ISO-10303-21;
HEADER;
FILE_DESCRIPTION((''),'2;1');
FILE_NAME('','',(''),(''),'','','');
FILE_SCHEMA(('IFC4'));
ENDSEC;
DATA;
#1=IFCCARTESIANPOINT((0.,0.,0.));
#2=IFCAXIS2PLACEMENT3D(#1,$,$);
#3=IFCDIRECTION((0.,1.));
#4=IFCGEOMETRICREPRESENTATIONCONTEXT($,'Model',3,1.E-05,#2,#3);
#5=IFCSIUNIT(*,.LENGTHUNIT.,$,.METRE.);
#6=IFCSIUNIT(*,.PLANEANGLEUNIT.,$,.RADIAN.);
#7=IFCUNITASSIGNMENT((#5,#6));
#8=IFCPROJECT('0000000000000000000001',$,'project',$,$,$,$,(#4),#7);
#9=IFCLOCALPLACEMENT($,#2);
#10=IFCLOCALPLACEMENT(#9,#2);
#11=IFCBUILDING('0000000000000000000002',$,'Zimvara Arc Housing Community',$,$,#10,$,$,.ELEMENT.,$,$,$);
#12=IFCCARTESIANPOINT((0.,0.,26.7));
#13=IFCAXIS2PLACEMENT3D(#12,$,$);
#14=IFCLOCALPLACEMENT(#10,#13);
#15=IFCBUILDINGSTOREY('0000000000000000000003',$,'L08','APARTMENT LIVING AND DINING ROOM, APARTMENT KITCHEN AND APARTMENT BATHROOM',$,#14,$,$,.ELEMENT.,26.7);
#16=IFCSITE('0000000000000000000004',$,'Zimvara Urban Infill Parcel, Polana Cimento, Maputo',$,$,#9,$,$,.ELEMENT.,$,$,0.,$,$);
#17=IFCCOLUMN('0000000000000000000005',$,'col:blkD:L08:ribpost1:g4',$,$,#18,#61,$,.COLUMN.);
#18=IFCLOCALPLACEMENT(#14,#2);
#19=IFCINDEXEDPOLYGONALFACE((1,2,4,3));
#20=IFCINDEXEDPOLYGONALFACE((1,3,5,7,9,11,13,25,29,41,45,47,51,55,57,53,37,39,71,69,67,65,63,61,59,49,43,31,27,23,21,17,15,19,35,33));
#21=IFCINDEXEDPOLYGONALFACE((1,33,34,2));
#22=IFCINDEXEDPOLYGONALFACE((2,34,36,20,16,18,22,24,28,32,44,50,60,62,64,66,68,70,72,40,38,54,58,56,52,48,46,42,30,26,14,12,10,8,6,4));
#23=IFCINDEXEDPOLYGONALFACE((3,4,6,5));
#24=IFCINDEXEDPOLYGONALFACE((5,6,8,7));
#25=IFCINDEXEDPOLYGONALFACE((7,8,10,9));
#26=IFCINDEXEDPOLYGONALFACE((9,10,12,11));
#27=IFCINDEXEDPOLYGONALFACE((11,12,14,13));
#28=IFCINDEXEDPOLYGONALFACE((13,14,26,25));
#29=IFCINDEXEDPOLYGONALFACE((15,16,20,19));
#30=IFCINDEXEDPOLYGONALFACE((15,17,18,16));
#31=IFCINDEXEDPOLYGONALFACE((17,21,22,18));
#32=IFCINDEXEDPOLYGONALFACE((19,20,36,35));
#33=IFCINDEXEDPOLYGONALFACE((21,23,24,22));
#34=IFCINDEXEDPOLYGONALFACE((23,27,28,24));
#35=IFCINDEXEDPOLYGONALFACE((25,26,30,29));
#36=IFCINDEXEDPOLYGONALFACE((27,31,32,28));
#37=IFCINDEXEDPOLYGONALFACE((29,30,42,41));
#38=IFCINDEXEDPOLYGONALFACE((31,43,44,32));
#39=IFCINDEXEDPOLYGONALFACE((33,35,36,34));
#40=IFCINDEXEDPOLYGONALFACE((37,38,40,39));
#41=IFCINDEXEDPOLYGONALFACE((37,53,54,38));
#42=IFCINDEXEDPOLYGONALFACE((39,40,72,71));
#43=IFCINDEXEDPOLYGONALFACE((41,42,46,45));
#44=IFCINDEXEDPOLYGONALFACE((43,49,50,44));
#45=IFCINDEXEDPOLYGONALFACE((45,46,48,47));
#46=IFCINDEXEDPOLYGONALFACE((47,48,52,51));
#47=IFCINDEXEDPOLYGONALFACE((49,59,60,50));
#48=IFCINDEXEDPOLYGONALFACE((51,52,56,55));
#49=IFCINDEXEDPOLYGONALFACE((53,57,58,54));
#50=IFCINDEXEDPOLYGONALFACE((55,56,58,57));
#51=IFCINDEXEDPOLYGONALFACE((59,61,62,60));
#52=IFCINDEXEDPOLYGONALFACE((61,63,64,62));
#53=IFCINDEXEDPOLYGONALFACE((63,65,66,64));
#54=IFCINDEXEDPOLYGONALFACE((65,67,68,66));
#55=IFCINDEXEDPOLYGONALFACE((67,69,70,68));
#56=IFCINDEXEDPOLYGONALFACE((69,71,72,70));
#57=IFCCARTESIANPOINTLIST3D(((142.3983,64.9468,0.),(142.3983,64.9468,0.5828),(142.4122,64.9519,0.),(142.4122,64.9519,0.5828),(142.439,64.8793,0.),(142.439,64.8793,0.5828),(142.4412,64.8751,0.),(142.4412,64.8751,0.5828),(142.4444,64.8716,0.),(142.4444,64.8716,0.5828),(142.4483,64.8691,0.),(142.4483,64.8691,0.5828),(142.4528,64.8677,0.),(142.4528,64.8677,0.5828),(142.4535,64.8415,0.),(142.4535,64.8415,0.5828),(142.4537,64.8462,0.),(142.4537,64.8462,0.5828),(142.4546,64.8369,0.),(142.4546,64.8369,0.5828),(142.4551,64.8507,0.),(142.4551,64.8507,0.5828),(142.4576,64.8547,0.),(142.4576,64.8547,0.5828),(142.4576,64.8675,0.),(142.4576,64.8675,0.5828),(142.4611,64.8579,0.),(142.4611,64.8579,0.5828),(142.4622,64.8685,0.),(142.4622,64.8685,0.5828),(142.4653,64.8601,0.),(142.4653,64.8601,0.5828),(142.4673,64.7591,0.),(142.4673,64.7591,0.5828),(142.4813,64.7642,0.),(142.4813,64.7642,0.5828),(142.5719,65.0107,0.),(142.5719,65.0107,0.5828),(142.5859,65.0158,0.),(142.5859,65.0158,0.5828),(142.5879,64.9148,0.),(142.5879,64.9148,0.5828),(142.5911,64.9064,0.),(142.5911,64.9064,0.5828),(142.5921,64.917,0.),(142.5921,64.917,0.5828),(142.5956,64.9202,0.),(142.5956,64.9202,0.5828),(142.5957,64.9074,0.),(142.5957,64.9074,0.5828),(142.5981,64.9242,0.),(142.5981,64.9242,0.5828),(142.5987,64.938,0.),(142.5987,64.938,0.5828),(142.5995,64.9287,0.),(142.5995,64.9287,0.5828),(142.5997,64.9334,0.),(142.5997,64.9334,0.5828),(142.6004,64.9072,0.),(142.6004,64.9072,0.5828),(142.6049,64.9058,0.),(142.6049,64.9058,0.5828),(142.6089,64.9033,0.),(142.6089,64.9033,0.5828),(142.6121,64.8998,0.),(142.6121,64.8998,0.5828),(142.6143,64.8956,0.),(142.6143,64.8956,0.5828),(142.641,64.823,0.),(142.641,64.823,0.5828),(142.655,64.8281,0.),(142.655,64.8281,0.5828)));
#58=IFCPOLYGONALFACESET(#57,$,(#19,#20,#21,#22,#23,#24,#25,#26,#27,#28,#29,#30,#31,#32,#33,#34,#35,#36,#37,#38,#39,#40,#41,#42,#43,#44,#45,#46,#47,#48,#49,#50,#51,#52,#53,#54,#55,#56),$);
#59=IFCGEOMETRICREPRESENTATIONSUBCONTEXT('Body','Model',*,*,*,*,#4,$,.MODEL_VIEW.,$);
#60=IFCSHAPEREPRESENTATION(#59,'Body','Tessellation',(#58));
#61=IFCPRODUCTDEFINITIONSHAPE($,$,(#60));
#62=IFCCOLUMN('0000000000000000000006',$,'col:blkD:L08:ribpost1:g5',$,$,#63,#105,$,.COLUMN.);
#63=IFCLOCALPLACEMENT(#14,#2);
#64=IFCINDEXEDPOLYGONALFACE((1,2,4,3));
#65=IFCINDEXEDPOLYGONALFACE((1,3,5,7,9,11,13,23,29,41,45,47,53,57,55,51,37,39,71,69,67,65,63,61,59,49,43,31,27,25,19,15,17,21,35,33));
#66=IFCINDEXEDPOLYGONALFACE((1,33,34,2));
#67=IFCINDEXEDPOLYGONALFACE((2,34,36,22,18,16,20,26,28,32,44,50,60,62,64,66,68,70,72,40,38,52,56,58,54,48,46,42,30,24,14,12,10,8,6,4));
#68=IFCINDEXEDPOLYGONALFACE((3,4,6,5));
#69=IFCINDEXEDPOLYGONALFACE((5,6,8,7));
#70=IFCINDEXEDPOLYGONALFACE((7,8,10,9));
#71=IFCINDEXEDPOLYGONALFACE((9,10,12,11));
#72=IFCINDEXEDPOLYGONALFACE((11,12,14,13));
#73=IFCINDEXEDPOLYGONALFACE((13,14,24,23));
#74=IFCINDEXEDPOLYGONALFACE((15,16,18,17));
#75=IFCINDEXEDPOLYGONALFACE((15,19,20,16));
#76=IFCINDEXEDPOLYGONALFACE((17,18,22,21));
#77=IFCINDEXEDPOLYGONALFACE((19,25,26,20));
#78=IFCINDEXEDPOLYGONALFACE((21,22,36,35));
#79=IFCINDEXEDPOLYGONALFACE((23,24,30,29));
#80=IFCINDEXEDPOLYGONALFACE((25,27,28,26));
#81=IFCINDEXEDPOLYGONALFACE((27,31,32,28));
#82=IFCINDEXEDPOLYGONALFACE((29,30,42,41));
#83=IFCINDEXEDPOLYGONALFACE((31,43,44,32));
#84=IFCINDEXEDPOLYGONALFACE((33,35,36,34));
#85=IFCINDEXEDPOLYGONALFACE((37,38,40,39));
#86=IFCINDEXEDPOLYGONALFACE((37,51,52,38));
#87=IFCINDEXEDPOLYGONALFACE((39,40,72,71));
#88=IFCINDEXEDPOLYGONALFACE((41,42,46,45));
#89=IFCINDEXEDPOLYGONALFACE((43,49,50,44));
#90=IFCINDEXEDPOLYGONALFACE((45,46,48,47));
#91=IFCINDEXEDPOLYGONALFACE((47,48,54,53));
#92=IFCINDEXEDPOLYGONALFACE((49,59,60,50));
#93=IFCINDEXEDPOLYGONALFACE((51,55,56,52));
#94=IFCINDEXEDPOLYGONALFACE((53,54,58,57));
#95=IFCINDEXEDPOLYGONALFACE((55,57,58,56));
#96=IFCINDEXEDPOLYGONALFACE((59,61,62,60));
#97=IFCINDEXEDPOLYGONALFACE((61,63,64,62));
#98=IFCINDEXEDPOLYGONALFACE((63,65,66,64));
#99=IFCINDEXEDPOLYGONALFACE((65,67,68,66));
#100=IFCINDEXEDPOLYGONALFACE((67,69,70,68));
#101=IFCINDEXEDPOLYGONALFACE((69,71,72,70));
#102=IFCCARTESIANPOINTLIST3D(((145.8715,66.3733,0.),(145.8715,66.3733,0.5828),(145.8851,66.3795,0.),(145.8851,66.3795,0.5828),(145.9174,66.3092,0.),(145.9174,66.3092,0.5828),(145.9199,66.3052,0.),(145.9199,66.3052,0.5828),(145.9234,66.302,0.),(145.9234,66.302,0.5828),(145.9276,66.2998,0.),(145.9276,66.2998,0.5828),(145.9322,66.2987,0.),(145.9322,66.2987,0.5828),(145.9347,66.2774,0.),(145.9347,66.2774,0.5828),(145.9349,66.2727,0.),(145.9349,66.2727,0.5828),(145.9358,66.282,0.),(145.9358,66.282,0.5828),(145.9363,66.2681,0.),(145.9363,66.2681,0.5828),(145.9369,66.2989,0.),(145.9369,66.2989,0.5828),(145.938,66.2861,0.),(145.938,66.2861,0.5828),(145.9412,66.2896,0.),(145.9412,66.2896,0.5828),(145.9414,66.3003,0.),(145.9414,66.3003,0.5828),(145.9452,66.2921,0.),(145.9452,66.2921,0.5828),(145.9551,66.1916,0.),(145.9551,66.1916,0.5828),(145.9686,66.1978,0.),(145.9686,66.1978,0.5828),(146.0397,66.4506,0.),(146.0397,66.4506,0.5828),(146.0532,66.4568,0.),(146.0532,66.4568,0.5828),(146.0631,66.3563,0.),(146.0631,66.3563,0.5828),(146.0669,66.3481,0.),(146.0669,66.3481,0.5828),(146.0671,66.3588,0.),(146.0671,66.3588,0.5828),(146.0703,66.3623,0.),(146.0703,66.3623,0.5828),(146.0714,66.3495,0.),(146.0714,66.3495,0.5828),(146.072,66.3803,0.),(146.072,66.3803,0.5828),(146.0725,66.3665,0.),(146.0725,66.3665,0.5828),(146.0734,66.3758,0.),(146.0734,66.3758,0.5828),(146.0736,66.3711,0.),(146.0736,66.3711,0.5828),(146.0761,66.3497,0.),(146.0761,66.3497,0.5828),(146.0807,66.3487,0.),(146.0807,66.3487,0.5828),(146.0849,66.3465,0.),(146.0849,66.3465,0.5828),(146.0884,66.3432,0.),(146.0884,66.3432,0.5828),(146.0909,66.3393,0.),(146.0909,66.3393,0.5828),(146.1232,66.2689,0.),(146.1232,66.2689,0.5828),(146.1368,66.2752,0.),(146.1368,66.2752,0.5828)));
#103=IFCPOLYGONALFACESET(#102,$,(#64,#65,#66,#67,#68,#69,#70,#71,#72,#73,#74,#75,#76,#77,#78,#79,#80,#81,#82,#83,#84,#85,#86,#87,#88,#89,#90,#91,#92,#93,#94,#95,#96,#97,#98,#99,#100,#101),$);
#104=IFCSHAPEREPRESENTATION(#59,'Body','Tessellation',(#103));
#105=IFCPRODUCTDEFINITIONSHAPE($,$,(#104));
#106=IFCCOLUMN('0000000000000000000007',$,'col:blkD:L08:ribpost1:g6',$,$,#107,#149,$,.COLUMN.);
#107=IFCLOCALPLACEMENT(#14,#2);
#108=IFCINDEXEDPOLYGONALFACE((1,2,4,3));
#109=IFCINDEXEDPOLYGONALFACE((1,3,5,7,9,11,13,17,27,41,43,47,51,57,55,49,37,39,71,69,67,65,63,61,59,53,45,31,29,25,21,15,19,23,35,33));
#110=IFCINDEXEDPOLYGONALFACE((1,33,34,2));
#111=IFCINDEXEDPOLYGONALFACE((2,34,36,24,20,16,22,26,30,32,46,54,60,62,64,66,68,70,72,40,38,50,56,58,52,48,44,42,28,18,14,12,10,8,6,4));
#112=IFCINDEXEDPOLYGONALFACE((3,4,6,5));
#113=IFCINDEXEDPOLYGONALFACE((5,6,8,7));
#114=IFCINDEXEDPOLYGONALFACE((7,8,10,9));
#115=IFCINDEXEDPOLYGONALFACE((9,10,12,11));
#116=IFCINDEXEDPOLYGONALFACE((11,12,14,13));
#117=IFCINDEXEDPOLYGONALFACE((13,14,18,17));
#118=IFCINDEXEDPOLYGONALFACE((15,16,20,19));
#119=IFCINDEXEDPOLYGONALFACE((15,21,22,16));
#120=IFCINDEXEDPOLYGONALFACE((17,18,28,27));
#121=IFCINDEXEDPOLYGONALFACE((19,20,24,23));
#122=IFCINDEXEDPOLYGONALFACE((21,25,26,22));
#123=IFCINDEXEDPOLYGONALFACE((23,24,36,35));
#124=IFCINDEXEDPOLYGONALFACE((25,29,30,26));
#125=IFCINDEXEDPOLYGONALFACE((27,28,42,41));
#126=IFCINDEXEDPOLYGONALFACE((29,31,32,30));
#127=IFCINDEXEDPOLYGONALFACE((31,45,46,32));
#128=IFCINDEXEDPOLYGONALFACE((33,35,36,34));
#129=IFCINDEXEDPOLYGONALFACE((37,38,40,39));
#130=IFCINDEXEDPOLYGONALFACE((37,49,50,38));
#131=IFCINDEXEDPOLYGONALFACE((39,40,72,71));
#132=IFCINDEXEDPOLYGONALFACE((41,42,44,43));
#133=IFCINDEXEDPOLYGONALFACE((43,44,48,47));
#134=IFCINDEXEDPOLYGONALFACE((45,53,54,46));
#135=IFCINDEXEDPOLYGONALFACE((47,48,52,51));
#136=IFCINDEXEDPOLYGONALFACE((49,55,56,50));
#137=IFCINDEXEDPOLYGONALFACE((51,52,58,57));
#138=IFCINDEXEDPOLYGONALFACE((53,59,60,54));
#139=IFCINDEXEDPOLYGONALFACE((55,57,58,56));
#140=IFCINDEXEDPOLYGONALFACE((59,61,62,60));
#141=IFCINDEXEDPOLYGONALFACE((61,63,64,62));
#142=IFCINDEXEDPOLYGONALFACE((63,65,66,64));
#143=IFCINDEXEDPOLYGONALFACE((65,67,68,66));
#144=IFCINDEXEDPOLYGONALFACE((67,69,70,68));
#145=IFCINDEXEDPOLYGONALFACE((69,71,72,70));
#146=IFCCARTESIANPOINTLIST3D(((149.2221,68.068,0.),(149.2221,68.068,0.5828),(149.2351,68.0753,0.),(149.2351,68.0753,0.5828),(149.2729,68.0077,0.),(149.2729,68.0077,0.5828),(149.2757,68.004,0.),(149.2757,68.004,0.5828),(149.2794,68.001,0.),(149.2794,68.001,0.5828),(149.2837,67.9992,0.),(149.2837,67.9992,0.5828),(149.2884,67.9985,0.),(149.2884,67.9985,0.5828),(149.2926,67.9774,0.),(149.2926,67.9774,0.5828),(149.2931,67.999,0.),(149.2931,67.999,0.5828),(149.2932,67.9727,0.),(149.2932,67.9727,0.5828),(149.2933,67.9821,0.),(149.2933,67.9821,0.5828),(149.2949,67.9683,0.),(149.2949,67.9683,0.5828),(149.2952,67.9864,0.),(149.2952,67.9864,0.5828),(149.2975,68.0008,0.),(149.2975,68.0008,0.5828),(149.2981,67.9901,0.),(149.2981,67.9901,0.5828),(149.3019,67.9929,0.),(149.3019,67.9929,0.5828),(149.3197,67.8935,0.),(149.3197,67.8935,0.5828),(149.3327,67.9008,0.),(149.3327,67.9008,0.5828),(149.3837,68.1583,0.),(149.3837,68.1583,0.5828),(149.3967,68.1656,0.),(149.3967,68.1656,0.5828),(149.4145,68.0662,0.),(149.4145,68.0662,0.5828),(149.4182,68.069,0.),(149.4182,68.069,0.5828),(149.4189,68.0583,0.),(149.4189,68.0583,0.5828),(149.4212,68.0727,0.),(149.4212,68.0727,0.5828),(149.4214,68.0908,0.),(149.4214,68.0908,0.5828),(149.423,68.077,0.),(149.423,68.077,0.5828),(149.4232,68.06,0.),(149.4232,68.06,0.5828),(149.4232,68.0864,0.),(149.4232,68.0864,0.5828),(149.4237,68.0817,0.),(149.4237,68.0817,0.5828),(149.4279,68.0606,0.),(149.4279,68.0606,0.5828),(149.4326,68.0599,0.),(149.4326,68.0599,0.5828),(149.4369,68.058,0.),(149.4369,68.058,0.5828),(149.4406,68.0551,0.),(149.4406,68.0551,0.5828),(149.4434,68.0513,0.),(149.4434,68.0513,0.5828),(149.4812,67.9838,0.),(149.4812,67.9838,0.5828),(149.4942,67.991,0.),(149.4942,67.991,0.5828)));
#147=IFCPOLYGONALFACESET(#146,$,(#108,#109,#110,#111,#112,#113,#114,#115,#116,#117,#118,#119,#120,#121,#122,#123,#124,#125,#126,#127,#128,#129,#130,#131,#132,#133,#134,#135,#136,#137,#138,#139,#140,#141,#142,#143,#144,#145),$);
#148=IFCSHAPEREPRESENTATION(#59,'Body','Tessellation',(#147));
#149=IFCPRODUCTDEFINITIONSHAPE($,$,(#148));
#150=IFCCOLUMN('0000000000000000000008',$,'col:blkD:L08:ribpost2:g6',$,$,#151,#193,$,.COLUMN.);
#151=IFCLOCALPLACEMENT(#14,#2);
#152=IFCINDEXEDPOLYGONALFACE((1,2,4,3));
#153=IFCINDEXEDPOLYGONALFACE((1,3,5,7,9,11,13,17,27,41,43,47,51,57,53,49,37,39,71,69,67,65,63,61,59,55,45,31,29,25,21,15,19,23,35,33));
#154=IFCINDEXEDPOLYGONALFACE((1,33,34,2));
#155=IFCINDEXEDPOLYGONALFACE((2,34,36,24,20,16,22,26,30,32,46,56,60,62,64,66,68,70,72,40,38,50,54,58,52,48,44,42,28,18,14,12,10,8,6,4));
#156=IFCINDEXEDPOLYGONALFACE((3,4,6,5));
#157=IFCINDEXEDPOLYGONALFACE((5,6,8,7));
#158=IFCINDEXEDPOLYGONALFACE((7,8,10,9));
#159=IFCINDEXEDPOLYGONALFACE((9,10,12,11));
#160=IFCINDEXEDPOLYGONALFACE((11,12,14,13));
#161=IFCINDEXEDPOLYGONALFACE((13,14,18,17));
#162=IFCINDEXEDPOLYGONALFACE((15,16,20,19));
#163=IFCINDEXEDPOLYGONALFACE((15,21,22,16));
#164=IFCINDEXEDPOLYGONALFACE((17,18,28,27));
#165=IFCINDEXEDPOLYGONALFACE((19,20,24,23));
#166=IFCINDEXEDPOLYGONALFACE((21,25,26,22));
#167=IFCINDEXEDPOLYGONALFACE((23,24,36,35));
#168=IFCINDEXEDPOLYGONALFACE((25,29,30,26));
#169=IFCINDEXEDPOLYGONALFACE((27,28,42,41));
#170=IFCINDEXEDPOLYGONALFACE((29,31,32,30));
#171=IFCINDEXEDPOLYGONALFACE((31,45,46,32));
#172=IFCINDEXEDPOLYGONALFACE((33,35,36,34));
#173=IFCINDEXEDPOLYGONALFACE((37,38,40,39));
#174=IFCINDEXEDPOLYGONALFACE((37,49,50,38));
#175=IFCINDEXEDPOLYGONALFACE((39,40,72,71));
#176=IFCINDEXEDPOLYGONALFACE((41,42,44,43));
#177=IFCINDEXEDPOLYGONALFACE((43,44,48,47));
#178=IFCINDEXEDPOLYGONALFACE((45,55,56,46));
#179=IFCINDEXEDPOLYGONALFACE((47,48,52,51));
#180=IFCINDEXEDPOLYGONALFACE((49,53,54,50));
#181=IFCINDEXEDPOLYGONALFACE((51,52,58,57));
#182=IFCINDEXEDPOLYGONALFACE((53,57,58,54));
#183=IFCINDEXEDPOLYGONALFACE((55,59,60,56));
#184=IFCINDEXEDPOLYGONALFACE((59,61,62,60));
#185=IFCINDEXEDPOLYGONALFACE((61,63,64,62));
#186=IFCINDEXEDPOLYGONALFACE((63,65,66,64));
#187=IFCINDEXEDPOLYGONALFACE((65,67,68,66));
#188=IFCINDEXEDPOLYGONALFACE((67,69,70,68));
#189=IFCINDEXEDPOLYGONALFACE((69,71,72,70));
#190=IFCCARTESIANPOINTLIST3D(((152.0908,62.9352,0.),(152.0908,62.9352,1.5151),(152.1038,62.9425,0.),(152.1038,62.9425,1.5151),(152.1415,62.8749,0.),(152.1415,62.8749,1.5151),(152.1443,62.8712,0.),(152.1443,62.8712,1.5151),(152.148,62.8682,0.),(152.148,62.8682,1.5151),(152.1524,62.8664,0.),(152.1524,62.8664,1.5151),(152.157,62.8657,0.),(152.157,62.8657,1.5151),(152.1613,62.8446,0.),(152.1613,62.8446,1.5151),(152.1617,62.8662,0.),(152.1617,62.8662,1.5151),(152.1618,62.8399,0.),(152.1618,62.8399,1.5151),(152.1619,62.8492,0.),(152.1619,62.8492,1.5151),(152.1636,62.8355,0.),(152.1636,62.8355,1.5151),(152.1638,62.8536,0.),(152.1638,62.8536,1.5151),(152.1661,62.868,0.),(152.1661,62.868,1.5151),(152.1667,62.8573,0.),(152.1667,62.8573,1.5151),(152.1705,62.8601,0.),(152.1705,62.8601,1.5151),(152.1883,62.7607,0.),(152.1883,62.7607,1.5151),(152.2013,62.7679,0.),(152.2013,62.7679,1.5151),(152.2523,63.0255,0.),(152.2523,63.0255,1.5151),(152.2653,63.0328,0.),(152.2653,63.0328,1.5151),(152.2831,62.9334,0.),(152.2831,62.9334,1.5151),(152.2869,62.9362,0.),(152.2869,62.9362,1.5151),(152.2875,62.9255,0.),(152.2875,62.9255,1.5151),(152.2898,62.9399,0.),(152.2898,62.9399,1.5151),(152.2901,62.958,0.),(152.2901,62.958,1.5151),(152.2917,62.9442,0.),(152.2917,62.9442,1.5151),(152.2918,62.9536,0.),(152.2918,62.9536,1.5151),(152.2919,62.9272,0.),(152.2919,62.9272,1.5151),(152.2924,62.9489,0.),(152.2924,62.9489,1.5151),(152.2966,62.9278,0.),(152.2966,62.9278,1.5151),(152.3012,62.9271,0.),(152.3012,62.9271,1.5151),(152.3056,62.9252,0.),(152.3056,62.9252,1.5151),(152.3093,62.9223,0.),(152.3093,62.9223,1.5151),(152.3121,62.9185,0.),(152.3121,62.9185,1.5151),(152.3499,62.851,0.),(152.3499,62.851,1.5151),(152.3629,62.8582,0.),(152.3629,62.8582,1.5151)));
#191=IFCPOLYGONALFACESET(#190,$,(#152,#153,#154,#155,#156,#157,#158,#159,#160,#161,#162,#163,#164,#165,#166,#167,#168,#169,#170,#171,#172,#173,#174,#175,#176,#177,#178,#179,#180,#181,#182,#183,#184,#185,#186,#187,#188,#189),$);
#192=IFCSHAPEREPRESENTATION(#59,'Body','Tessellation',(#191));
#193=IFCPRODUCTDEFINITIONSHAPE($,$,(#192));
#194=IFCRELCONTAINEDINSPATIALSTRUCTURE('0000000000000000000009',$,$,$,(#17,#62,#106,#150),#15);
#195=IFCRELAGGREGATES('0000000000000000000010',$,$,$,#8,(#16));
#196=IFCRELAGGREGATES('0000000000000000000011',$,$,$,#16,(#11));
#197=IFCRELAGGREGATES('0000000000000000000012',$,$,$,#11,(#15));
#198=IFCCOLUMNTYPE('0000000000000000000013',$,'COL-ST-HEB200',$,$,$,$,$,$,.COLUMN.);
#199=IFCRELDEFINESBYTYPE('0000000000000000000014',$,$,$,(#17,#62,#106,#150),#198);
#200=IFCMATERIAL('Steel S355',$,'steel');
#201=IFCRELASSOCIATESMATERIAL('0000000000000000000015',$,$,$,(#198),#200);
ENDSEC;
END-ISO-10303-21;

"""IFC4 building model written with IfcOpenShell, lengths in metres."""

from ifc_helpers import new_model, si_unit, direction, frame, origin, origin_2d, place, context, subcontext, project, spatial, i_section, extrude, material, material_profile, profile_set, type_object, element, save


model = new_model("IFC4")

# Units and contexts
model_context = context("Model", 3, precision=1e-05, world=origin(), true_north=direction((0.0, 1.0)))
body_context = subcontext(model_context, "Body", "Model", "MODEL_VIEW")
ifc_project = project(units=[si_unit("LENGTHUNIT", "METRE"), si_unit("PLANEANGLEUNIT", "RADIAN")], contexts=[model_context])

# Site, building, storey
site_placement = place(None, origin())
site = spatial("IfcSite", under=ifc_project, at=site_placement, Name="Zimvara Urban Infill Parcel, Polana Cimento, Maputo", CompositionType="ELEMENT", RefElevation=0.0)
building_placement = place(site_placement, origin())
building = spatial("IfcBuilding", under=site, at=building_placement, Name="Zimvara Arc Housing Community", CompositionType="ELEMENT")
storey_placement = place(building_placement, frame((0.0, 0.0, 26.7)))
storey = spatial("IfcBuildingStorey", under=building, at=storey_placement, Name="L08", Description="APARTMENT LIVING AND DINING ROOM, APARTMENT KITCHEN AND APARTMENT BATHROOM", CompositionType="ELEMENT", Elevation=26.7)

# Columns
ifc_material_1 = material(Name="Steel S355", Category="steel")
ifc_material_profile_1 = material_profile(ifc_material_1, i_section(OverallWidth=0.2, OverallDepth=0.2, WebThickness=0.009, FlangeThickness=0.0149, FilletRadius=0.0181, at=origin_2d()), Name="HEB 200")
ifc_profile_set_1 = profile_set([ifc_material_profile_1], Name="Steel S355")
column_type = type_object("IfcColumnType", Name="COL-ST-HEB200", PredefinedType="COLUMN", material=ifc_profile_set_1)
for number, where, z_axis, x_axis, name in (
    (1, (142.5266, 64.8875, 0.0), (0.0, 0.0, 1.0), (0.345298, -0.938493, 0.0), "col:blkD:L08:ribpost1:g4"),
    (2, (146.0042, 66.3242, 0.0), (0.0, 0.0, 1.0), (0.417867, -0.908508, 0.0), "col:blkD:L08:ribpost1:g5"),
    (3, (149.3582, 68.0295, 0.0), (0.0, 0.0, 1.0), (0.48786, -0.872922, 0.0), "col:blkD:L08:ribpost1:g6"),
):
    element("IfcColumn", number, at=place(storey_placement, frame(where, z_axis=z_axis, x_axis=x_axis)), inside=storey, type_object=column_type, Name=name, PredefinedType="COLUMN", context=body_context, shape_type="SweptSolid", body=[
        extrude(i_section(OverallWidth=0.2, OverallDepth=0.2, WebThickness=0.009, FlangeThickness=0.0149, FilletRadius=0.0181, at=origin_2d()), origin(), (0.0, 0.0, 1.0), 0.5828),
    ])
column_1_placement = place(storey_placement, frame((152.2268, 62.8967, 0.0), z_axis=(0.0, 0.0, 1.0), x_axis=(0.48786, -0.872922, 0.0)))
element("IfcColumn", 4, at=column_1_placement, inside=storey, type_object=column_type, Name="col:blkD:L08:ribpost2:g6", PredefinedType="COLUMN", context=body_context, shape_type="SweptSolid", body=[
    extrude(i_section(OverallWidth=0.2, OverallDepth=0.2, WebThickness=0.009, FlangeThickness=0.0149, FilletRadius=0.0181, at=origin_2d()), origin(), (0.0, 0.0, 1.0), 1.5151),
])

save(model, "model.ifc")
